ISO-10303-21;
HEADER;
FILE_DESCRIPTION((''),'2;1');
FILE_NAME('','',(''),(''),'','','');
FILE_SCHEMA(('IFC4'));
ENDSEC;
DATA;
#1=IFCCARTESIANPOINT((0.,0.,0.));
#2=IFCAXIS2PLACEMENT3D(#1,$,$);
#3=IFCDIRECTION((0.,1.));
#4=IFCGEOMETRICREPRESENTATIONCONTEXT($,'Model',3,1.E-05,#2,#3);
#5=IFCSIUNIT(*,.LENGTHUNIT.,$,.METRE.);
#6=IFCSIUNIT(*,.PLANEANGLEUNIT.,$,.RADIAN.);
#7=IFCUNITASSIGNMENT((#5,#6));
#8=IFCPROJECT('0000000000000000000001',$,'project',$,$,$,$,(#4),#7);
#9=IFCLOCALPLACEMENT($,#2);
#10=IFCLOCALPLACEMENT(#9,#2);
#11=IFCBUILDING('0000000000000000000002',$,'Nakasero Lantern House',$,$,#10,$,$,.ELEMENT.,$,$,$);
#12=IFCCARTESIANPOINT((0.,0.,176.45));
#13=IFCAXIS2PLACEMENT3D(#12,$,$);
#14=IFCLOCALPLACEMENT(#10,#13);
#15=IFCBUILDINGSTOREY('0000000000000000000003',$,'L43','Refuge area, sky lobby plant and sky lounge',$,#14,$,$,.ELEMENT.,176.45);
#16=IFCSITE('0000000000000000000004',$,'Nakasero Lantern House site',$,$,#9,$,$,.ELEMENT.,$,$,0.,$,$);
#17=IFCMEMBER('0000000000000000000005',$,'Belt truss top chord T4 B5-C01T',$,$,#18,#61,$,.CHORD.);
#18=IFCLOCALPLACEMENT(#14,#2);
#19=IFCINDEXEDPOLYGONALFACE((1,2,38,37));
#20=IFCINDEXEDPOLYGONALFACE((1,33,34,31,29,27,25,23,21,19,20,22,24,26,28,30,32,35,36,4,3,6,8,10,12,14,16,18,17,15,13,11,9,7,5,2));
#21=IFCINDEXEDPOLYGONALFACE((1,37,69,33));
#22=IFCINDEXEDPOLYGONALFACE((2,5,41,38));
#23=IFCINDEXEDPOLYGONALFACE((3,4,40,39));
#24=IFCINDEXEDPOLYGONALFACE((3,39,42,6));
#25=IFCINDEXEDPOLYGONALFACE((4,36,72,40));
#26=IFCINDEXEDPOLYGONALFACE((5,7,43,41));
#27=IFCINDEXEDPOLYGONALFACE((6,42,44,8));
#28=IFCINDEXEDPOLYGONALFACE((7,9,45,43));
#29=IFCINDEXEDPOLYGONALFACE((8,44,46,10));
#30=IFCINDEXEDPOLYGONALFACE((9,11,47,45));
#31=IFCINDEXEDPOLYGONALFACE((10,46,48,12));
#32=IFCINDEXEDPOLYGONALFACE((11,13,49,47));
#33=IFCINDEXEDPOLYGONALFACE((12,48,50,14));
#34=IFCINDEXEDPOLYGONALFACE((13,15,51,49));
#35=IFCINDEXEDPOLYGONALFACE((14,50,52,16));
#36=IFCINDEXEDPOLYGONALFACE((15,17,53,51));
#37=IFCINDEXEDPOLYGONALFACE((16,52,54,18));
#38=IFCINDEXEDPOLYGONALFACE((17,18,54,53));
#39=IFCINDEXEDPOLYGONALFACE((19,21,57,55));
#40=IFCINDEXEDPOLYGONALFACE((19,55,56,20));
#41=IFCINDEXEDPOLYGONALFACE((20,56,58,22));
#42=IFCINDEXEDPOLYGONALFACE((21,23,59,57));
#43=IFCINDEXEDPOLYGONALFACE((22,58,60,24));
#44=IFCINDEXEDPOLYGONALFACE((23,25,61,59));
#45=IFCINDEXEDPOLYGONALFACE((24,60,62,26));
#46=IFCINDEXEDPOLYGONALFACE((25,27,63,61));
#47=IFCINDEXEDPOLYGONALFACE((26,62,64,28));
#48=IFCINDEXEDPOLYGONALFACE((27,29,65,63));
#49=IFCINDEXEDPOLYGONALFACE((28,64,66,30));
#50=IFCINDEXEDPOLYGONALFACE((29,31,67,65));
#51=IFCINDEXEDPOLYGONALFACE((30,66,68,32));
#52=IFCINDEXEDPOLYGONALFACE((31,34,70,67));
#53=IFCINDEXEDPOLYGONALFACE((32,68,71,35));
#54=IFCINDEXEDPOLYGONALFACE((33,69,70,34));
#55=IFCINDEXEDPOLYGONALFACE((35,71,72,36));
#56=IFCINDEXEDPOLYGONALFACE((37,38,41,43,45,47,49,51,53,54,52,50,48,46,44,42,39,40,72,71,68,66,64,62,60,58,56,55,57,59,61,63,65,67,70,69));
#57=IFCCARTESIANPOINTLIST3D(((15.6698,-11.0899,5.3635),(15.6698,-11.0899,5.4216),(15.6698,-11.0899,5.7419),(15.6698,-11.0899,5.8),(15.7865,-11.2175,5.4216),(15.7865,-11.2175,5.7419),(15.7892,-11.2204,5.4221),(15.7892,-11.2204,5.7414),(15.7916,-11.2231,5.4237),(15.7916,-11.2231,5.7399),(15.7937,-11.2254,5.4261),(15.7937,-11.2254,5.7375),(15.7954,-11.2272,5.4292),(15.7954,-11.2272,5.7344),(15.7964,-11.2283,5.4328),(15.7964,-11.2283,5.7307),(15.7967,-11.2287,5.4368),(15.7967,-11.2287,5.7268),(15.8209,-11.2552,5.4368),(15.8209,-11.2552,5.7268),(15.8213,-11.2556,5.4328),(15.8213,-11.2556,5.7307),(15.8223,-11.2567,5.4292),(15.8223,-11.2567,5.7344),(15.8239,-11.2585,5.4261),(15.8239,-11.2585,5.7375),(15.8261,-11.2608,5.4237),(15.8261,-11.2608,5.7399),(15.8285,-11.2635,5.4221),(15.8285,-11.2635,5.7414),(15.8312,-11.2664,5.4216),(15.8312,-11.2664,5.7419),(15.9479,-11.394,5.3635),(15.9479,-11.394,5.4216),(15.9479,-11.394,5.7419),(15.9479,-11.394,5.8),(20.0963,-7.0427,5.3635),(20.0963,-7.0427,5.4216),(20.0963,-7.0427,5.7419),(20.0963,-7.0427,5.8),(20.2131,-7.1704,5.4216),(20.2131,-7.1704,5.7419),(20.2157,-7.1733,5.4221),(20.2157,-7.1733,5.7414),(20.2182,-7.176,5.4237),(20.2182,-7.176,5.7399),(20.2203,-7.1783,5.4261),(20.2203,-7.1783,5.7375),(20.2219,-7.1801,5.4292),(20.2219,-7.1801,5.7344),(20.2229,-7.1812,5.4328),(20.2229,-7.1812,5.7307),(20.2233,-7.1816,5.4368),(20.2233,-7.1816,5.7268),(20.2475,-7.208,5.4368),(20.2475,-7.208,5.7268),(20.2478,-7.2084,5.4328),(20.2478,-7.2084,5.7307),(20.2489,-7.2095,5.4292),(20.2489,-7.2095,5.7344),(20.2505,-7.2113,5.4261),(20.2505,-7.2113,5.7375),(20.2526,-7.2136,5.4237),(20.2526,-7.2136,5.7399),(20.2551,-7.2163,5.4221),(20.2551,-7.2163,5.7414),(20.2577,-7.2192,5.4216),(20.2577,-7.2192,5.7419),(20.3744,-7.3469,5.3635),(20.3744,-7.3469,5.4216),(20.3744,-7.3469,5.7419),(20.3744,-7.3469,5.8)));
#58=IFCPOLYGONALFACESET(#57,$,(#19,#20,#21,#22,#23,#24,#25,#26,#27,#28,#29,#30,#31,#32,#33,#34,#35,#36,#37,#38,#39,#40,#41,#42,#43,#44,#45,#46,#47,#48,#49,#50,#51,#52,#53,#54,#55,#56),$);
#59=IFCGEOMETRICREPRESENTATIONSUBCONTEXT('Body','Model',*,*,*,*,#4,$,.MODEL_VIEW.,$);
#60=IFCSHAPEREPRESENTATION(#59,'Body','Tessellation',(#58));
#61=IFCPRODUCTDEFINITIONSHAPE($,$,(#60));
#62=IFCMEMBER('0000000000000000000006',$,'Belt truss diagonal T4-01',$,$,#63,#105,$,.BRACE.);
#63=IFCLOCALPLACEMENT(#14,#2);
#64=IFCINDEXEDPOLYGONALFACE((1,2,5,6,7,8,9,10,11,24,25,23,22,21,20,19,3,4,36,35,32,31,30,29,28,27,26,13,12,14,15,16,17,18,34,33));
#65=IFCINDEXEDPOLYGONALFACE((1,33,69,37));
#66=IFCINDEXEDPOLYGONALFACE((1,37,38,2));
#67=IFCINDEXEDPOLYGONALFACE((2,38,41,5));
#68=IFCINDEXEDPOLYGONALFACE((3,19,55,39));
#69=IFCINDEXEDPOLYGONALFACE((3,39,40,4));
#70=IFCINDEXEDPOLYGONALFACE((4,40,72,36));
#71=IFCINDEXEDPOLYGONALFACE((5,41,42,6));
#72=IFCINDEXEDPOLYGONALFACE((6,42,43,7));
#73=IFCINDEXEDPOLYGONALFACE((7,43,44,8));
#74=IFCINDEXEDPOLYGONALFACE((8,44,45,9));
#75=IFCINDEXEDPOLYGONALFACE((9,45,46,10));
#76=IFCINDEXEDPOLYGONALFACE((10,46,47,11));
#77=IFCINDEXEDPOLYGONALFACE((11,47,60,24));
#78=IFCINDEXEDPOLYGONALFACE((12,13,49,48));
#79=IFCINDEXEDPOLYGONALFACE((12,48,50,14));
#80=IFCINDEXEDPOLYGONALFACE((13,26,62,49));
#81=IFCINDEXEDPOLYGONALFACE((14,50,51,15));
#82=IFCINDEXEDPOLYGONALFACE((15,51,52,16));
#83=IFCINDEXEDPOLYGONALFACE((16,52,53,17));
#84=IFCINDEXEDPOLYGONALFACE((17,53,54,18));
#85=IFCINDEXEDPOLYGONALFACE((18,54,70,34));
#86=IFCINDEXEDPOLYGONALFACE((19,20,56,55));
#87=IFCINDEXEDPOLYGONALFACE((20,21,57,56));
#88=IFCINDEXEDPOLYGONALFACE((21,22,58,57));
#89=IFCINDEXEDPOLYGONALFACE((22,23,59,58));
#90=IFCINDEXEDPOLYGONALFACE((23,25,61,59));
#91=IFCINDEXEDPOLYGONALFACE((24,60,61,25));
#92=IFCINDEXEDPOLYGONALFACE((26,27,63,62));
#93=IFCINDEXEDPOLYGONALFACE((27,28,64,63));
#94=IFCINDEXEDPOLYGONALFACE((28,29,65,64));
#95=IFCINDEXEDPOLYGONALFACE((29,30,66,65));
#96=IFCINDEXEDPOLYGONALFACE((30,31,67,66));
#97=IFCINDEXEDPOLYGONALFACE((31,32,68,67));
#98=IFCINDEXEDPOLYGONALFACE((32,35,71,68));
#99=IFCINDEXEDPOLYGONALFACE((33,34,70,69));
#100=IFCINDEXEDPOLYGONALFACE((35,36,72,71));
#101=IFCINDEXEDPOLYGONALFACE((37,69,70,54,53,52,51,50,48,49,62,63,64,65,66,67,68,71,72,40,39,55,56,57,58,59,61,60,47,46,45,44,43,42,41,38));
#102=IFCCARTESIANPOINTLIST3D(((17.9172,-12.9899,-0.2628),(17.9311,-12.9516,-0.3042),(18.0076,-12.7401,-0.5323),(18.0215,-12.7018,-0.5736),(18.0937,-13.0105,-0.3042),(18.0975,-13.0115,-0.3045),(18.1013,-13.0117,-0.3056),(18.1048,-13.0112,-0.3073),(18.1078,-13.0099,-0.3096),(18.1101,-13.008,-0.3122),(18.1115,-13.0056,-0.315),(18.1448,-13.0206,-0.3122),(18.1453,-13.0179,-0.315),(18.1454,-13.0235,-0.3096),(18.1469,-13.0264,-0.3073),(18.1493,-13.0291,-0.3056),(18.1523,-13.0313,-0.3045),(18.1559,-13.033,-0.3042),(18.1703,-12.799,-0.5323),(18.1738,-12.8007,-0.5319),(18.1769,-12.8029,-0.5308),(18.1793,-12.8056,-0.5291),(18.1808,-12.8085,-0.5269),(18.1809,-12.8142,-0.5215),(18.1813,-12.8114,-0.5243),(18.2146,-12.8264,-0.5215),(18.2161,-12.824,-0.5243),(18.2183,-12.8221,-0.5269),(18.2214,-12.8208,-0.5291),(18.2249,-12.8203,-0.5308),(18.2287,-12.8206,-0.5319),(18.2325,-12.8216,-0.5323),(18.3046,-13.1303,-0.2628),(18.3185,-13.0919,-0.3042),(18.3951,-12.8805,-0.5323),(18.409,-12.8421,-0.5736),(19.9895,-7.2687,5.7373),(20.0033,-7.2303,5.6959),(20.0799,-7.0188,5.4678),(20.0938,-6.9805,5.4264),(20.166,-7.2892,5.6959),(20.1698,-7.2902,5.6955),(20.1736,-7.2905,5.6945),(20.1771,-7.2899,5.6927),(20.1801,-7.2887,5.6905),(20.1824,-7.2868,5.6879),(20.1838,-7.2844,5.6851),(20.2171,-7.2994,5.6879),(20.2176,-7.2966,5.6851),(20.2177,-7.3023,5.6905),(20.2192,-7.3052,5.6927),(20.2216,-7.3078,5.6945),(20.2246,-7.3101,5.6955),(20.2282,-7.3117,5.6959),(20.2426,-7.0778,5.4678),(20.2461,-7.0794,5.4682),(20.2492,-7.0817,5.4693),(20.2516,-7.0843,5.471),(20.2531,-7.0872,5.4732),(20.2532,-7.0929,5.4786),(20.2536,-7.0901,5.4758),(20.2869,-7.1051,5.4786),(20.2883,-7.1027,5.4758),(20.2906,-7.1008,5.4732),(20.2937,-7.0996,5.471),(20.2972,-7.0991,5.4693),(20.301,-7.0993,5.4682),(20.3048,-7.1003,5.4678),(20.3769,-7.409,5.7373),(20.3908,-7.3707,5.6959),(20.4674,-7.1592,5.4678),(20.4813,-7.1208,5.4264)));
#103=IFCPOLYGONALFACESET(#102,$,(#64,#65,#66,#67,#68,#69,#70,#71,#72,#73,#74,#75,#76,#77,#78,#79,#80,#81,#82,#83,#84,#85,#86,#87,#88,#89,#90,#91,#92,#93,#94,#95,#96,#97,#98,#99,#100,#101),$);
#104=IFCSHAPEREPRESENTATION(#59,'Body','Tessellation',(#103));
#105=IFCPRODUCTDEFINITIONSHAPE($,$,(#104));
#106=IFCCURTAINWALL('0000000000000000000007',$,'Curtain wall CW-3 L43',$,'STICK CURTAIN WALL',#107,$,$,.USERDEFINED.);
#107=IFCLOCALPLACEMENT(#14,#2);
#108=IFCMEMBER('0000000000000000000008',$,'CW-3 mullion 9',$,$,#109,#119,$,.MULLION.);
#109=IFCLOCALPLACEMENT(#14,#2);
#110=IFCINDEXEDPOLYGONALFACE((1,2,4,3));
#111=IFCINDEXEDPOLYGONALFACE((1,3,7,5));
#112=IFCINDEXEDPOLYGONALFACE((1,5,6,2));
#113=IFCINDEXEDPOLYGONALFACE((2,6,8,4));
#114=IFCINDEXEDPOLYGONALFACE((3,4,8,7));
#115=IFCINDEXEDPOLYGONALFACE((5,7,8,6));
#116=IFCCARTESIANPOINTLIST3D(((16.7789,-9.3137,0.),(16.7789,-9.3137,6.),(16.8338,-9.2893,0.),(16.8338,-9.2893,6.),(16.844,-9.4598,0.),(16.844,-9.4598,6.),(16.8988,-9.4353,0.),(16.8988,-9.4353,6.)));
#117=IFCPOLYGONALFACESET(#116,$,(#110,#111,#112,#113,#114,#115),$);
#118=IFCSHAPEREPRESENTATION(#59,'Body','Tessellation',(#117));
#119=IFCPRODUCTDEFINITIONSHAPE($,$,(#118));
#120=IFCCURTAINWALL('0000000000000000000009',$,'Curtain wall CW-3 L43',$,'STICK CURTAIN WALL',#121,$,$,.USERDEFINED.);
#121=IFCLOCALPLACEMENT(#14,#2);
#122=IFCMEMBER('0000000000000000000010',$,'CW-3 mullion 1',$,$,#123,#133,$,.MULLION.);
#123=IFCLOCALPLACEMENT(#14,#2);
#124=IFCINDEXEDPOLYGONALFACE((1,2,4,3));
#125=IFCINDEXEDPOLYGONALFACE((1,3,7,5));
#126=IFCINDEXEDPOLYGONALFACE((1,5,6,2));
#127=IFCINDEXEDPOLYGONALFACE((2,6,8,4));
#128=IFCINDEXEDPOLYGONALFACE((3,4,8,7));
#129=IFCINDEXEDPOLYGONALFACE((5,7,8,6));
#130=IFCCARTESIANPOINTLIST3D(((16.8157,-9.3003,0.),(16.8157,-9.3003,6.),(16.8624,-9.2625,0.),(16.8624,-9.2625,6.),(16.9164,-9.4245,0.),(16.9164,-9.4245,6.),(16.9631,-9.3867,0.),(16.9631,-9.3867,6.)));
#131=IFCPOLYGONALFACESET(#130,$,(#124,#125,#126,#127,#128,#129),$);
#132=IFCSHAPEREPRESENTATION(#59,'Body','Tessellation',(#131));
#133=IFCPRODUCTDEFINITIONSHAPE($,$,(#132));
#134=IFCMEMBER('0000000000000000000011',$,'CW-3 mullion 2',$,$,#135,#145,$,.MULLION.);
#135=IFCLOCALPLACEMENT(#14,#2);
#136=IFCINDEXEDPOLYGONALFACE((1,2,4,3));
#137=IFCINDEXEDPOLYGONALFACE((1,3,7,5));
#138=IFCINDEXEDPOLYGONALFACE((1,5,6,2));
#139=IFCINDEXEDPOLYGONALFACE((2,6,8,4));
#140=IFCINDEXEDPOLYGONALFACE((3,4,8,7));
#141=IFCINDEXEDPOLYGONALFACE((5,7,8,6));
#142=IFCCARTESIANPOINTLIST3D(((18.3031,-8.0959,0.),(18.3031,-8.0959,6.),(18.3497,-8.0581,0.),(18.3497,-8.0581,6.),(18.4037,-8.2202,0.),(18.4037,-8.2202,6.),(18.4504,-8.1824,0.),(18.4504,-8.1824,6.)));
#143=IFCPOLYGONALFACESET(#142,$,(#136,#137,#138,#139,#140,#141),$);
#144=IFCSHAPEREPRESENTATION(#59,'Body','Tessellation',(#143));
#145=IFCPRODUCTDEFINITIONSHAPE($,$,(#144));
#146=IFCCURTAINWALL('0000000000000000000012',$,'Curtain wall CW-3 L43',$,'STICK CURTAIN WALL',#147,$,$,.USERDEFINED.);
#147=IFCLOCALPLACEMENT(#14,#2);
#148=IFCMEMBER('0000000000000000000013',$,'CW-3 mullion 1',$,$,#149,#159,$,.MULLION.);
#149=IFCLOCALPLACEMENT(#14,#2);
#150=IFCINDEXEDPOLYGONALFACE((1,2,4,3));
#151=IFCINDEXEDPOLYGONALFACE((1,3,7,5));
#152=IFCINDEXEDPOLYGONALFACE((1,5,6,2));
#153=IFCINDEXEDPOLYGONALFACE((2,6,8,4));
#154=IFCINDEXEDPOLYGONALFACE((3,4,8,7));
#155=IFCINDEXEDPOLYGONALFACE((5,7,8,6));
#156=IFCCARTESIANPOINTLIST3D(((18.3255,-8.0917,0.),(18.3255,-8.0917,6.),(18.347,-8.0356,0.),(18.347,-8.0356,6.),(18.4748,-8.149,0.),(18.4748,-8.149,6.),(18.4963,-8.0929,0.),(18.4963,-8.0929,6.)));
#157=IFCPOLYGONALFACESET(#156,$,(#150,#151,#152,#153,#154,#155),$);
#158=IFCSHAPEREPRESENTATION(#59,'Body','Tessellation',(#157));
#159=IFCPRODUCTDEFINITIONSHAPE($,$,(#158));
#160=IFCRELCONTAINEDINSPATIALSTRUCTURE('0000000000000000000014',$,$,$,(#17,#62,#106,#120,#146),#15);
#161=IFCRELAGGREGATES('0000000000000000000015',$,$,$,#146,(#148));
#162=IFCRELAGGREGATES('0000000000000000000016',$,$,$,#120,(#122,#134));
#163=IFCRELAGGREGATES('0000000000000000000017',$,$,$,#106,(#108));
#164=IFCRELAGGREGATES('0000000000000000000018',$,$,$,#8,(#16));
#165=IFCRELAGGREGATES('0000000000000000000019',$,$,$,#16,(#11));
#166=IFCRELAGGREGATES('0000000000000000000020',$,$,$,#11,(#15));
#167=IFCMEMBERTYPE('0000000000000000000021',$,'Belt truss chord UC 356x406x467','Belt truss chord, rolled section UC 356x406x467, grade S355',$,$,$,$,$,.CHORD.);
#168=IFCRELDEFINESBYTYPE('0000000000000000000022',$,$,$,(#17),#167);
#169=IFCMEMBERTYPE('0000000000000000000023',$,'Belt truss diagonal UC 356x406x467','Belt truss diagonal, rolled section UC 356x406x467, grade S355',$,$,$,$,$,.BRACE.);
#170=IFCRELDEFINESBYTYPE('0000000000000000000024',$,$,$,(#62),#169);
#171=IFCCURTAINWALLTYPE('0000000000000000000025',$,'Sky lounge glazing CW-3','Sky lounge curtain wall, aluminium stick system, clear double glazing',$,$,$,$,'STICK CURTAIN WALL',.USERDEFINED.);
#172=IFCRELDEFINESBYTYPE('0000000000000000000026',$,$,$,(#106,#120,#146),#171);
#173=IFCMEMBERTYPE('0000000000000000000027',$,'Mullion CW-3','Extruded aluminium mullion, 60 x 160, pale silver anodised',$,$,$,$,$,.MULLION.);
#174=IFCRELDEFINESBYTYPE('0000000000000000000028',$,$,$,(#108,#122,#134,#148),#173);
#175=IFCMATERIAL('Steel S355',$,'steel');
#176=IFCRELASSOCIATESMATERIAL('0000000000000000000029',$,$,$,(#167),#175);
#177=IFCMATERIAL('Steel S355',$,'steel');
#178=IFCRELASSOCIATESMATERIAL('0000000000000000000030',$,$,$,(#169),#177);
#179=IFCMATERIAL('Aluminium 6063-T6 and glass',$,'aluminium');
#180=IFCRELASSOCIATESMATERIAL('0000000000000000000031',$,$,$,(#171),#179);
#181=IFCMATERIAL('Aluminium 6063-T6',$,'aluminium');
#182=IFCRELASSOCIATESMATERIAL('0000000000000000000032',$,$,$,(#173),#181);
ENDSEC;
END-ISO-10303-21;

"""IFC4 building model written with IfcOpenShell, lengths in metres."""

from ifc_helpers import new_model, si_unit, direction, frame, origin, origin_2d, place, context, subcontext, project, spatial, rectangle, i_section, extrude, material, material_profile, profile_set, type_object, element, aggregate, save


model = new_model("IFC4")

# Units and contexts
model_context = context("Model", 3, precision=1e-05, world=origin(), true_north=direction((0.0, 1.0)))
body_context = subcontext(model_context, "Body", "Model", "MODEL_VIEW")
ifc_project = project(units=[si_unit("LENGTHUNIT", "METRE"), si_unit("PLANEANGLEUNIT", "RADIAN")], contexts=[model_context])

# Site, building, storey
site_placement = place(None, origin())
site = spatial("IfcSite", under=ifc_project, at=site_placement, Name="Nakasero Lantern House site", CompositionType="ELEMENT", RefElevation=0.0)
building_placement = place(site_placement, origin())
building = spatial("IfcBuilding", under=site, at=building_placement, Name="Nakasero Lantern House", CompositionType="ELEMENT")
storey_placement = place(building_placement, frame((0.0, 0.0, 176.45)))
storey = spatial("IfcBuildingStorey", under=building, at=storey_placement, Name="L43", Description="Refuge area, sky lobby plant and sky lounge", CompositionType="ELEMENT", Elevation=176.45)

# Members
ifc_material_1 = material(Name="Steel S355", Category="steel")
ifc_material_profile_1 = material_profile(ifc_material_1, i_section(OverallWidth=0.4121, OverallDepth=0.4365, WebThickness=0.0359, FlangeThickness=0.0581, FilletRadius=0.0151, at=origin_2d()), Name="UC 356x406x467")
ifc_profile_set_1 = profile_set([ifc_material_profile_1], Name="Steel S355")
member_type_1 = type_object("IfcMemberType", Name="Belt truss chord UC 356x406x467", Description="Belt truss chord, rolled section UC 356x406x467, grade S355", PredefinedType="CHORD", material=ifc_profile_set_1)
member_1_placement = place(storey_placement, frame((15.8088, -11.2419, 5.5818), z_axis=(0.738027, 0.674771, 0.0), x_axis=(-0.674771, 0.738027, 0.0)))
element("IfcMember", 1, at=member_1_placement, inside=storey, type_object=member_type_1, Name="Belt truss top chord T4 B5-C01T", PredefinedType="CHORD", context=body_context, shape_type="SweptSolid", body=[
    extrude(i_section(OverallWidth=0.4121, OverallDepth=0.4365, WebThickness=0.0359, FlangeThickness=0.0581, FilletRadius=0.0151, at=origin_2d()), origin(), (0.0, 0.0, 1.0), 5.9978),
])
ifc_material_2 = material(Name="Steel S355", Category="steel")
ifc_material_profile_2 = material_profile(ifc_material_2, i_section(OverallWidth=0.4121, OverallDepth=0.4365, WebThickness=0.0359, FlangeThickness=0.0581, FilletRadius=0.0151, at=origin_2d()), Name="UC 356x406x467")
ifc_profile_set_2 = profile_set([ifc_material_profile_2], Name="Steel S355")
member_type_2 = type_object("IfcMemberType", Name="Belt truss diagonal UC 356x406x467", Description="Belt truss diagonal, rolled section UC 356x406x467, grade S355", PredefinedType="BRACE", material=ifc_profile_set_2)
member_2_placement = place(storey_placement, frame((18.1631, -12.916, -0.4182), z_axis=(0.242497, 0.669494, 0.70212), x_axis=(-0.940224, 0.340557, 0.0)))
element("IfcMember", 2, at=member_2_placement, inside=storey, type_object=member_type_2, Name="Belt truss diagonal T4-01", PredefinedType="BRACE", context=body_context, shape_type="SweptSolid", body=[
    extrude(i_section(OverallWidth=0.4121, OverallDepth=0.4365, WebThickness=0.0359, FlangeThickness=0.0581, FilletRadius=0.0151, at=origin_2d()), origin(), (0.0, 0.0, 1.0), 8.5457),
])

# Curtain wall, member
ifc_material_3 = material(Name="Aluminium 6063-T6 and glass", Category="aluminium")
curtain_wall_type = type_object("IfcCurtainWallType", Name="Sky lounge glazing CW-3", Description="Sky lounge curtain wall, aluminium stick system, clear double glazing", ElementType="STICK CURTAIN WALL", PredefinedType="USERDEFINED", material=ifc_material_3)
curtain_wall_1_placement = place(storey_placement, origin())
curtain_wall_1 = element("IfcCurtainWall", 3, at=curtain_wall_1_placement, inside=storey, type_object=curtain_wall_type, Name="Curtain wall CW-3 L43", ObjectType="STICK CURTAIN WALL", PredefinedType="USERDEFINED")
ifc_material_4 = material(Name="Aluminium 6063-T6", Category="aluminium")
ifc_material_profile_3 = material_profile(ifc_material_4, rectangle(XDim=0.0601, YDim=0.1599, at=origin_2d()), Name="CW-3 mullion 60x160")
ifc_profile_set_3 = profile_set([ifc_material_profile_3], Name="Aluminium 6063-T6")
member_type_3 = type_object("IfcMemberType", Name="Mullion CW-3", Description="Extruded aluminium mullion, 60 x 160, pale silver anodised", PredefinedType="MULLION", material=ifc_profile_set_3)
member_3_placement = place(storey_placement, frame((16.8389, -9.3745, 0.0), z_axis=(0.0, 0.0, 1.0), x_axis=(0.913545, 0.406737, 0.0)))
member_3 = element("IfcMember", 4, at=member_3_placement, type_object=member_type_3, Name="CW-3 mullion 9", PredefinedType="MULLION", context=body_context, shape_type="SweptSolid", body=[
    extrude(rectangle(XDim=0.0601, YDim=0.1599, at=origin_2d()), origin(), (0.0, 0.0, 1.0), 6.0),
])

# Curtain wall, members
curtain_wall_2_placement = place(storey_placement, origin())
curtain_wall_2 = element("IfcCurtainWall", 5, at=curtain_wall_2_placement, inside=storey, type_object=curtain_wall_type, Name="Curtain wall CW-3 L43", ObjectType="STICK CURTAIN WALL", PredefinedType="USERDEFINED")
member_4_placement = place(storey_placement, frame((16.8894, -9.3435, 0.0), z_axis=(0.0, 0.0, 1.0), x_axis=(0.777146, 0.62932, 0.0)))
member_4 = element("IfcMember", 6, at=member_4_placement, type_object=member_type_3, Name="CW-3 mullion 1", PredefinedType="MULLION", context=body_context, shape_type="SweptSolid", body=[
    extrude(rectangle(XDim=0.0601, YDim=0.1599, at=origin_2d()), origin(), (0.0, 0.0, 1.0), 6.0),
])
member_5_placement = place(storey_placement, frame((18.3767, -8.1392, 0.0), z_axis=(0.0, 0.0, 1.0), x_axis=(0.777146, 0.62932, 0.0)))
member_5 = element("IfcMember", 7, at=member_5_placement, type_object=member_type_3, Name="CW-3 mullion 2", PredefinedType="MULLION", context=body_context, shape_type="SweptSolid", body=[
    extrude(rectangle(XDim=0.0601, YDim=0.1599, at=origin_2d()), origin(), (0.0, 0.0, 1.0), 6.0),
])

# Curtain wall, member
curtain_wall_3_placement = place(storey_placement, origin())
curtain_wall_3 = element("IfcCurtainWall", 8, at=curtain_wall_3_placement, inside=storey, type_object=curtain_wall_type, Name="Curtain wall CW-3 L43", ObjectType="STICK CURTAIN WALL", PredefinedType="USERDEFINED")
member_6_placement = place(storey_placement, frame((18.4109, -8.0923, 0.0), z_axis=(0.0, 0.0, 1.0), x_axis=(0.358368, 0.93358, 0.0)))
member_6 = element("IfcMember", 9, at=member_6_placement, type_object=member_type_3, Name="CW-3 mullion 1", PredefinedType="MULLION", context=body_context, shape_type="SweptSolid", body=[
    extrude(rectangle(XDim=0.0601, YDim=0.1599, at=origin_2d()), origin(), (0.0, 0.0, 1.0), 6.0),
])

aggregate(curtain_wall_3, [member_6])

aggregate(curtain_wall_2, [member_4, member_5])
aggregate(curtain_wall_1, [member_3])

save(model, "model.ifc")
